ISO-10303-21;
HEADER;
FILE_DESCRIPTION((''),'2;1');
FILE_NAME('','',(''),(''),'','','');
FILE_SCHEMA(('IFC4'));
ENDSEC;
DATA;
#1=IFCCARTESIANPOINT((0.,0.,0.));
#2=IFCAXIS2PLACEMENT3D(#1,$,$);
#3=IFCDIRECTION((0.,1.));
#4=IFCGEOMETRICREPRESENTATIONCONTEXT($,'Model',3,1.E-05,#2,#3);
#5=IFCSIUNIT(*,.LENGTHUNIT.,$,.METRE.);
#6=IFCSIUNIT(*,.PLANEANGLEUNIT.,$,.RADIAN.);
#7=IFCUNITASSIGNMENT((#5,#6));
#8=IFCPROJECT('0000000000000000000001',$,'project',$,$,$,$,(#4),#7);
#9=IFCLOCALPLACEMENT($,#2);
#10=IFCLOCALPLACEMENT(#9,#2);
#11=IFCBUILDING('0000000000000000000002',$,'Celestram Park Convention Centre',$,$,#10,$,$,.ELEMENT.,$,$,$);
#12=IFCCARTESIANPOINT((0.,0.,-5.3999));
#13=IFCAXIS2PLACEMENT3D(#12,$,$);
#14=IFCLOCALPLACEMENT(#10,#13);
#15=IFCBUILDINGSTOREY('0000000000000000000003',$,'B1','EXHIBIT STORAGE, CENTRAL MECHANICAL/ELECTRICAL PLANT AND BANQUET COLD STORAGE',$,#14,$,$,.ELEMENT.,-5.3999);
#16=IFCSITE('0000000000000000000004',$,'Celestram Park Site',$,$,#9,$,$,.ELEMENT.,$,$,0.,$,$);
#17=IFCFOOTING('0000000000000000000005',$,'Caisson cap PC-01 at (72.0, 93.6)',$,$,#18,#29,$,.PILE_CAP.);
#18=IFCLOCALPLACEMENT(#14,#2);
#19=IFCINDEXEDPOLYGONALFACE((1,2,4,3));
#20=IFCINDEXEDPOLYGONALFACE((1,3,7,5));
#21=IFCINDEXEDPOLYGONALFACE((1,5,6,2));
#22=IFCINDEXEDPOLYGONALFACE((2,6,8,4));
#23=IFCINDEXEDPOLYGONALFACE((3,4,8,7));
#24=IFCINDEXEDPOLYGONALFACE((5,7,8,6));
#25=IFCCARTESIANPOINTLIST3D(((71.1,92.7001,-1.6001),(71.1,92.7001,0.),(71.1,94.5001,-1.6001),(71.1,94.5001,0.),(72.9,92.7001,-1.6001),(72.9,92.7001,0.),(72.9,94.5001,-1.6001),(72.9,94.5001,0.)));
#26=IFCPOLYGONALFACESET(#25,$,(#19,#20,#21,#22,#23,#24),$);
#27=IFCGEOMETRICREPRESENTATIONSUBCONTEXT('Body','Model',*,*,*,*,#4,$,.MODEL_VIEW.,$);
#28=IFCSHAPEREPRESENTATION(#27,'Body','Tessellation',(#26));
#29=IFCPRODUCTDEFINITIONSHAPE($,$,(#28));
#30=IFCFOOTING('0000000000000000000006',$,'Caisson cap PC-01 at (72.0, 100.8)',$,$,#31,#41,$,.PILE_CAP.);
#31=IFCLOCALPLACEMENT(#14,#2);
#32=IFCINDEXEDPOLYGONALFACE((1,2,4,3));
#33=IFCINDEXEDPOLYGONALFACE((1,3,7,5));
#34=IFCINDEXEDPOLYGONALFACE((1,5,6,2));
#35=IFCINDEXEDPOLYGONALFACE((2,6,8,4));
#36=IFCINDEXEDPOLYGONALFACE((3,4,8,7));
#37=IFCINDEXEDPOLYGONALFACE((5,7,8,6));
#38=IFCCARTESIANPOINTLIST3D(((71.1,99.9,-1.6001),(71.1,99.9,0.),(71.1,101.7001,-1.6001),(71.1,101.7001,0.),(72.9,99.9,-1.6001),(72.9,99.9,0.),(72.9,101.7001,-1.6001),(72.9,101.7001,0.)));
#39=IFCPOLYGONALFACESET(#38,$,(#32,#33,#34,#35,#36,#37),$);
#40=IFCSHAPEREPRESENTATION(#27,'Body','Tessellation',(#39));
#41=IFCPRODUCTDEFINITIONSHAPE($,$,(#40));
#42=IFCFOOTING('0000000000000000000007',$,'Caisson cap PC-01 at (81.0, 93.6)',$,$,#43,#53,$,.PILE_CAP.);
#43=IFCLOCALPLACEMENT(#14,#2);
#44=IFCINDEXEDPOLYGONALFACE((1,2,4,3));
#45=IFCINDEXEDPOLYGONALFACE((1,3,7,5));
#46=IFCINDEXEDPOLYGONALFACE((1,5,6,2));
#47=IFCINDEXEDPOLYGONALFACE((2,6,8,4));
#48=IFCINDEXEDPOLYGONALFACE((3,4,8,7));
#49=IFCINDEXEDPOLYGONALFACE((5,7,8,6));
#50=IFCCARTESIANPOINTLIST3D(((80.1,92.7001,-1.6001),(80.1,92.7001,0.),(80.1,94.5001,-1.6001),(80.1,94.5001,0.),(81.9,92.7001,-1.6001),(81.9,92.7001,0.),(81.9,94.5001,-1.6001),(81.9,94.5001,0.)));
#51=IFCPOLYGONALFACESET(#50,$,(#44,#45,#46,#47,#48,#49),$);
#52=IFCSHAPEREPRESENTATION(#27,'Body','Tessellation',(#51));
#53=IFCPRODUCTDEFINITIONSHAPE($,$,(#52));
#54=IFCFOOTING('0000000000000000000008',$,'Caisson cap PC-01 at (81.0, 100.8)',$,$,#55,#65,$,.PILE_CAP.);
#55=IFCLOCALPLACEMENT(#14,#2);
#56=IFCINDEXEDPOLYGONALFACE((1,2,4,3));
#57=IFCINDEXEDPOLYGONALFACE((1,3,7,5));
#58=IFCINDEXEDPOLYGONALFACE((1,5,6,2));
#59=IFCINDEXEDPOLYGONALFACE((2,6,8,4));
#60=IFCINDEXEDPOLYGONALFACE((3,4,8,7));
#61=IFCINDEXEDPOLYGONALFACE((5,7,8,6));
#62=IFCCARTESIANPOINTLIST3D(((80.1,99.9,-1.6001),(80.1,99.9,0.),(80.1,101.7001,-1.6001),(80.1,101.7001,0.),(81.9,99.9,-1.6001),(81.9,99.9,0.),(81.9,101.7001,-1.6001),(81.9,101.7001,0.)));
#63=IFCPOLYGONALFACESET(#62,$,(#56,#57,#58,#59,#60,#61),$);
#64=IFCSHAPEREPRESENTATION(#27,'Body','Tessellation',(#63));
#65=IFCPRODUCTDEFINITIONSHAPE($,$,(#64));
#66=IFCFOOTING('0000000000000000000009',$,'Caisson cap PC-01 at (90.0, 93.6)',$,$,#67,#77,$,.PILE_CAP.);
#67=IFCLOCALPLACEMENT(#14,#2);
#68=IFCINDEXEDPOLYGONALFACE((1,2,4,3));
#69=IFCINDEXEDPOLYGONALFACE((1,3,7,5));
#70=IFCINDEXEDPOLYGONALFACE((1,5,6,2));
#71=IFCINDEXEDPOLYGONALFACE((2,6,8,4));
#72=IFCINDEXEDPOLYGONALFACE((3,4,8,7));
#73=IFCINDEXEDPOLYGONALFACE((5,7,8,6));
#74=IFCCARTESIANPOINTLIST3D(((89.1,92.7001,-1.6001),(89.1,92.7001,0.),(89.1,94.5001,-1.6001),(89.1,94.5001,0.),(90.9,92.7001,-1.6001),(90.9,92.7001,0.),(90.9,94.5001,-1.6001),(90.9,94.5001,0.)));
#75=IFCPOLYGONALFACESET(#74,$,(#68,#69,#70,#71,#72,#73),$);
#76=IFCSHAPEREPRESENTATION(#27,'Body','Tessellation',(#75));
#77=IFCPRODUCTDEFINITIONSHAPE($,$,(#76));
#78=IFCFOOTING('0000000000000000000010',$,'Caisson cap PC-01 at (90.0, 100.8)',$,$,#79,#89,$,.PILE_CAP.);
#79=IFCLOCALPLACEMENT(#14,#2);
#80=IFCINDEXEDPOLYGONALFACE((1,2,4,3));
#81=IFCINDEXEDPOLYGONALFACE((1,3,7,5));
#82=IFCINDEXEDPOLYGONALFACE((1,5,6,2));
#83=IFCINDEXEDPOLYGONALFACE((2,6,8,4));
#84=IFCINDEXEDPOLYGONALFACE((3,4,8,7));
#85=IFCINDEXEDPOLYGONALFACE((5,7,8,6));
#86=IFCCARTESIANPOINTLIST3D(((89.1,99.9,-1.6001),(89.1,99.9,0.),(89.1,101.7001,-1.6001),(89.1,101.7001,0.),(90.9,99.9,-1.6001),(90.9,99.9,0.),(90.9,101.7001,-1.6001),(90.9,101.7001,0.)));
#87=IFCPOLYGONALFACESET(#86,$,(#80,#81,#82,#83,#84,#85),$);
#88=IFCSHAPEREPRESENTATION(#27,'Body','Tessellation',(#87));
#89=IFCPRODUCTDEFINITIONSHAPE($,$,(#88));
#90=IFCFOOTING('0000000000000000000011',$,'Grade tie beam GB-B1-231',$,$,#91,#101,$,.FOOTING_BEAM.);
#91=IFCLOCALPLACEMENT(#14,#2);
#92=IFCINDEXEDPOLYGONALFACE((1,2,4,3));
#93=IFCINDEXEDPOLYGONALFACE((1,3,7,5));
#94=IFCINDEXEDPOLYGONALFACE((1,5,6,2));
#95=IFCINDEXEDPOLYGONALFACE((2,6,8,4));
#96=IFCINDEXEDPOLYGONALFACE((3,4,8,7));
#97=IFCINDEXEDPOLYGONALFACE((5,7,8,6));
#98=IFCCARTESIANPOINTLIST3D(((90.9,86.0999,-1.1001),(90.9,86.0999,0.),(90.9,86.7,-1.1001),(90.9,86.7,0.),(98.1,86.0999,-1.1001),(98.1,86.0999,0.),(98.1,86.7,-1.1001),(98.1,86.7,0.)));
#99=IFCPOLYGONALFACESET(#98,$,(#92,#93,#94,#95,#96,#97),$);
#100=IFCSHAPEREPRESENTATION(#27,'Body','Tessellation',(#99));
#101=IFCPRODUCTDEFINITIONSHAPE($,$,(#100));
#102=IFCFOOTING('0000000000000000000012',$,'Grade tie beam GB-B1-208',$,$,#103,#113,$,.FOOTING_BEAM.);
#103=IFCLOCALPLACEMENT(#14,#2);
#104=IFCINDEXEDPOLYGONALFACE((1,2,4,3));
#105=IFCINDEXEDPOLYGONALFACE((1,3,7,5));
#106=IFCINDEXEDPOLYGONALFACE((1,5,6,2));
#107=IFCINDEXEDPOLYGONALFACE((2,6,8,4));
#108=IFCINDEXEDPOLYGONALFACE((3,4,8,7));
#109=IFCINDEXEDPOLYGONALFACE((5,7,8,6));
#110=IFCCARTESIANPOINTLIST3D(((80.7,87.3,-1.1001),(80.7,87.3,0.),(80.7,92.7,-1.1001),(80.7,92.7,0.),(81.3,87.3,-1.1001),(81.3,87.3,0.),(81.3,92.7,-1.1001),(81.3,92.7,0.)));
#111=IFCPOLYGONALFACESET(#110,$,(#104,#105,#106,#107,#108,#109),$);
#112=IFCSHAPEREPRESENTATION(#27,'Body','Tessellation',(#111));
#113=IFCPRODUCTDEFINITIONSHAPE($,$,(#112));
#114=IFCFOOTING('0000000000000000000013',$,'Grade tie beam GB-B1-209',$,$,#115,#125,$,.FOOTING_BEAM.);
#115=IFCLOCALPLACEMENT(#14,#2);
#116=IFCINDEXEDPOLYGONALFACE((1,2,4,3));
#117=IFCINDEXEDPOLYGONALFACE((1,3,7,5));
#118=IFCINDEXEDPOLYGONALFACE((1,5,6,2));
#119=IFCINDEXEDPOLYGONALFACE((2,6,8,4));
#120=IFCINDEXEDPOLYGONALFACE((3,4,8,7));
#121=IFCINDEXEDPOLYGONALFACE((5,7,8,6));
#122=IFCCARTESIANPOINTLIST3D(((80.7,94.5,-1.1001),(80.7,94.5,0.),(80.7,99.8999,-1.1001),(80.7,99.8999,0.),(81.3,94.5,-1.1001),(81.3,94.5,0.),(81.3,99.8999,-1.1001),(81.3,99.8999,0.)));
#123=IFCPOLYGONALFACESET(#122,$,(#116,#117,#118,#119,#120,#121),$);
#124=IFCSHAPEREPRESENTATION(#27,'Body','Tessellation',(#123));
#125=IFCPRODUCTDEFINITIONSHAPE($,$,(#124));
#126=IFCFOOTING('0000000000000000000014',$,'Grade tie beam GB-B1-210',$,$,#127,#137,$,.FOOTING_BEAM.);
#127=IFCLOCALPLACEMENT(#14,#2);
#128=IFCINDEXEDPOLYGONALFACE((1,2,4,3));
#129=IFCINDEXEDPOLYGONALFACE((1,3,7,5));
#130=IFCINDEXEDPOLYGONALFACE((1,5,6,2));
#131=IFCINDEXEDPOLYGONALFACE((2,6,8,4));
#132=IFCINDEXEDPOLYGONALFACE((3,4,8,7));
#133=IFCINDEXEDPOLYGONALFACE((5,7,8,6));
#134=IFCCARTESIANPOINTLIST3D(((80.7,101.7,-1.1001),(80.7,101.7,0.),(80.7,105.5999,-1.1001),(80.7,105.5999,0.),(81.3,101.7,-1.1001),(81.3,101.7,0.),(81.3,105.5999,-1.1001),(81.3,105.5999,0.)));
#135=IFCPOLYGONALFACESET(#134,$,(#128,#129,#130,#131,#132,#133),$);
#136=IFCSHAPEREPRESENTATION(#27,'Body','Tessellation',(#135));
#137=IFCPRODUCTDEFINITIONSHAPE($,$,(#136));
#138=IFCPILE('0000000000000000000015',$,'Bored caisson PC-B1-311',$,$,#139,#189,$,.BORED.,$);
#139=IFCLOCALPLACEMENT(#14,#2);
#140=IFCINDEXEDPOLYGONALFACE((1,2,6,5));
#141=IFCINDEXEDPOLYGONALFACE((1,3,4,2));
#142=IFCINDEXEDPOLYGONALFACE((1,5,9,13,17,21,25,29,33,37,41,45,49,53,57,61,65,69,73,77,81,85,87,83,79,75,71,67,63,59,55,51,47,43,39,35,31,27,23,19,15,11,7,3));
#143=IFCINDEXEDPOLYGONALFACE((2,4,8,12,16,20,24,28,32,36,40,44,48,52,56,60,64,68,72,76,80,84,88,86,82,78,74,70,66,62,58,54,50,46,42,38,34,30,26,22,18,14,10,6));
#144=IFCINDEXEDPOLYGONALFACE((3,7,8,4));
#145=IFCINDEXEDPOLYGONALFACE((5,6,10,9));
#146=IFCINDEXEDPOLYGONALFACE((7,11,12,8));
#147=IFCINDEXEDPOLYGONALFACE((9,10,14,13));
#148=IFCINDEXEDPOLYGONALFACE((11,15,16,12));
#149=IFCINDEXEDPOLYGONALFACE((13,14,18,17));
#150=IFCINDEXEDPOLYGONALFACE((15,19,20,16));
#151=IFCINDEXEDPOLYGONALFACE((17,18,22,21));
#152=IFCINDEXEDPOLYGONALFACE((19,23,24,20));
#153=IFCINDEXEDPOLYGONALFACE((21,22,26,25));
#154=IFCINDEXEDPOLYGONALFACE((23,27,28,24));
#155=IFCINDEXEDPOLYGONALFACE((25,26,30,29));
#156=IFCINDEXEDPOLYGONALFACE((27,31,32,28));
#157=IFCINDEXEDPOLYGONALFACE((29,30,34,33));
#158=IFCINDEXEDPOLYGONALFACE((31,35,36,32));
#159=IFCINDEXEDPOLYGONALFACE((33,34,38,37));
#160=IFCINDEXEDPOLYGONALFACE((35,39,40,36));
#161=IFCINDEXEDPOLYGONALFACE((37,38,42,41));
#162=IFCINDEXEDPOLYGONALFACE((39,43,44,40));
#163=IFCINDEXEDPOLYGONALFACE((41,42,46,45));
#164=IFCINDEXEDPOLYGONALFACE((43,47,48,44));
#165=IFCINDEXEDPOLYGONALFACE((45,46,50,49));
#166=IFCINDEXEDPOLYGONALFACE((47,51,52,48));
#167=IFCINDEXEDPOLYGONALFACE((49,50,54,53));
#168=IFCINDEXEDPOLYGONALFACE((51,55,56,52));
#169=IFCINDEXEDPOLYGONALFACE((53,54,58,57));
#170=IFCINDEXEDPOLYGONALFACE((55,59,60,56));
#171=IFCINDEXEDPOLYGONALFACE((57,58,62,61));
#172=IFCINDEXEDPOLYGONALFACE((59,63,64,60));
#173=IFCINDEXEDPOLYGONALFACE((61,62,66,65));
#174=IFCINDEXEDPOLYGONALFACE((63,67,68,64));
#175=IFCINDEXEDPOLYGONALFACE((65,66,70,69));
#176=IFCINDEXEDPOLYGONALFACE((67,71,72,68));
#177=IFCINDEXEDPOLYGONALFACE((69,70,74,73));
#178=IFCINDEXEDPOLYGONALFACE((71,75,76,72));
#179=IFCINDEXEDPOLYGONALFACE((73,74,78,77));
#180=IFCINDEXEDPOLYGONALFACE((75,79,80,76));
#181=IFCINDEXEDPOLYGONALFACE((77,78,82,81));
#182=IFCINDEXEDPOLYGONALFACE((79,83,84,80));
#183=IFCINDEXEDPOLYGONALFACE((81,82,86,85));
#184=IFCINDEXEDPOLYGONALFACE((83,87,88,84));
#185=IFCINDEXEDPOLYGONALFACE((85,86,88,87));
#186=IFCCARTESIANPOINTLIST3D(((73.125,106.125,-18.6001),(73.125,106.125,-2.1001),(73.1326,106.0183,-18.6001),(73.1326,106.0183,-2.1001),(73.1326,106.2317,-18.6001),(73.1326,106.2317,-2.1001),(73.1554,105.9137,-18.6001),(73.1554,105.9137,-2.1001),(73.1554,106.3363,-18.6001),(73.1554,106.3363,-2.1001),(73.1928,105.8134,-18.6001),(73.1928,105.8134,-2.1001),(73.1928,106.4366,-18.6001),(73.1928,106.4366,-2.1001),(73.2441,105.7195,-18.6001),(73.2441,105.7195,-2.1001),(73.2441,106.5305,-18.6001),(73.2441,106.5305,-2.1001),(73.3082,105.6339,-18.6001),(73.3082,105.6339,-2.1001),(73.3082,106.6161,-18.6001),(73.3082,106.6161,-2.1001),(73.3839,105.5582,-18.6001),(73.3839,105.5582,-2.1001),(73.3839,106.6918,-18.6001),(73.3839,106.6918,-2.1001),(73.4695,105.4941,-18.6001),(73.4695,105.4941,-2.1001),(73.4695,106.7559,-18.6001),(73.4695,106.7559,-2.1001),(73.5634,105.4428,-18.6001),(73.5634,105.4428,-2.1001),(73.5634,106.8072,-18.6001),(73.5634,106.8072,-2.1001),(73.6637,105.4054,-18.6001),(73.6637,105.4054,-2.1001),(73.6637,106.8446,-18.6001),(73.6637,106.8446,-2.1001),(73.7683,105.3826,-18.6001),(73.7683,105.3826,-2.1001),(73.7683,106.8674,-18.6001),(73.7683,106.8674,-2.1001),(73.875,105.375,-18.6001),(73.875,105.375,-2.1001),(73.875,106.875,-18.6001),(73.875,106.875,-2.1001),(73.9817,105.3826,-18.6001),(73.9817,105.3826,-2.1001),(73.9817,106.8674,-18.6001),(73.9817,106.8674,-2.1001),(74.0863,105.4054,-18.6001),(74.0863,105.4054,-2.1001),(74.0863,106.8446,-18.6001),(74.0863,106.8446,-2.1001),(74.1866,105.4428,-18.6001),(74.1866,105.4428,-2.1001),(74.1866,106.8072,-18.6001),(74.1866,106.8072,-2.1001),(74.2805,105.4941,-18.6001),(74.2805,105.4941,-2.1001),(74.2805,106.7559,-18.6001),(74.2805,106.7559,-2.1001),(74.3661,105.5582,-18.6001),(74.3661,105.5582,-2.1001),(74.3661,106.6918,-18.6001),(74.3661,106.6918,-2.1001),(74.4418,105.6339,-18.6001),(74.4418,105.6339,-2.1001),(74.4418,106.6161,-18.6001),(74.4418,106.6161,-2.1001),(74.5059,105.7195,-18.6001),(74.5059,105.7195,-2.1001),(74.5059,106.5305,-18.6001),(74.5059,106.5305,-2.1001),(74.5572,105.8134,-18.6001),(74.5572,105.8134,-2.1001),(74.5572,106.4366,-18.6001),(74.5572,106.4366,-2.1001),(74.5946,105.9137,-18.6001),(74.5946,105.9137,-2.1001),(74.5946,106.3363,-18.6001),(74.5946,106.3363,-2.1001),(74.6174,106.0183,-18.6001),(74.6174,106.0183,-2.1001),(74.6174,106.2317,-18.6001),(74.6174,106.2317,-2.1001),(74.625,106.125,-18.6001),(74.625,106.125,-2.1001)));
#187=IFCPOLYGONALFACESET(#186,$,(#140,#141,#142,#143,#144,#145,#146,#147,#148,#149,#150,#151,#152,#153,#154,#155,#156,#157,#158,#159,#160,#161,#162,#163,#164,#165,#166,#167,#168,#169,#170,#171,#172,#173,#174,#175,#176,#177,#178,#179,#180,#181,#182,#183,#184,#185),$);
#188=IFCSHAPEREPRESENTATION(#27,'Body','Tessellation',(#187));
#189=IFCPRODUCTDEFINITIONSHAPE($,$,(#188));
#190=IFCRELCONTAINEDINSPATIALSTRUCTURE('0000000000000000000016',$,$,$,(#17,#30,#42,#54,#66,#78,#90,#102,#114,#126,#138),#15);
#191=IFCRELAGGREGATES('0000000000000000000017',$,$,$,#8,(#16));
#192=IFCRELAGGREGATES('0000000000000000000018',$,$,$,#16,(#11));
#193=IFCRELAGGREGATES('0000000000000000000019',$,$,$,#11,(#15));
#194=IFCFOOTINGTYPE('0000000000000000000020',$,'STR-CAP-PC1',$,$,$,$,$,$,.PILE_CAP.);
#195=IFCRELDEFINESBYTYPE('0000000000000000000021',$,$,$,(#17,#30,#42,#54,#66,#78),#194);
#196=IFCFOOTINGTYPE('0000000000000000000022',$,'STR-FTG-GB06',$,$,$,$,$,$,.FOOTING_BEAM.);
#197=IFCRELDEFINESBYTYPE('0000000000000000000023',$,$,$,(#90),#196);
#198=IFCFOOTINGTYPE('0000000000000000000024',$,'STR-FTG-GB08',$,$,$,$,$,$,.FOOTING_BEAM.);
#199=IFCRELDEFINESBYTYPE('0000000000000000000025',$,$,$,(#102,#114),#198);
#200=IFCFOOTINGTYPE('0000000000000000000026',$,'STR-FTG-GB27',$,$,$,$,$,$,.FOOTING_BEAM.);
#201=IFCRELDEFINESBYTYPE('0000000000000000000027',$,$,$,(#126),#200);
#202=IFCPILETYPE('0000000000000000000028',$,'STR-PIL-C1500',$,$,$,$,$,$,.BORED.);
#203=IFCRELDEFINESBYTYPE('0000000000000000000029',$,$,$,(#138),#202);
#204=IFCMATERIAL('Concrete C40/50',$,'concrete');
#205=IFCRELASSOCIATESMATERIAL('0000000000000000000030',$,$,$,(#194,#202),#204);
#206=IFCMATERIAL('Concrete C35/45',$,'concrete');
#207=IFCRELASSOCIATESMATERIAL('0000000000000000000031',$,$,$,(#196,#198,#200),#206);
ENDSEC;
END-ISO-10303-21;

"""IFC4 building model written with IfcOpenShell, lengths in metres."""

from ifc_helpers import new_model, si_unit, direction, frame, origin, origin_2d, place, context, subcontext, project, spatial, rectangle, circle, extrude, material, material_profile, profile_set, type_object, element, save


model = new_model("IFC4")

# Units and contexts
model_context = context("Model", 3, precision=1e-05, world=origin(), true_north=direction((0.0, 1.0)))
body_context = subcontext(model_context, "Body", "Model", "MODEL_VIEW")
ifc_project = project(units=[si_unit("LENGTHUNIT", "METRE"), si_unit("PLANEANGLEUNIT", "RADIAN")], contexts=[model_context])

# Site, building, storey
site_placement = place(None, origin())
site = spatial("IfcSite", under=ifc_project, at=site_placement, Name="Celestram Park Site", CompositionType="ELEMENT", RefElevation=0.0)
building_placement = place(site_placement, origin())
building = spatial("IfcBuilding", under=site, at=building_placement, Name="Celestram Park Convention Centre", CompositionType="ELEMENT")
storey_placement = place(building_placement, frame((0.0, 0.0, -5.3999)))
storey = spatial("IfcBuildingStorey", under=building, at=storey_placement, Name="B1", Description="EXHIBIT STORAGE, CENTRAL MECHANICAL/ELECTRICAL PLANT AND BANQUET COLD STORAGE", CompositionType="ELEMENT", Elevation=-5.3999)

# Footings
ifc_material_1 = material(Name="Concrete C40/50", Category="concrete")
footing_type_1 = type_object("IfcFootingType", Name="STR-CAP-PC1", PredefinedType="PILE_CAP", material=ifc_material_1)
for number, where, z_axis, x_axis, name in (
    (1, (72.0, 93.6001, -1.6001), (0.0, 0.0, 1.0), (1.0, 0.0, 0.0), "Caisson cap PC-01 at (72.0, 93.6)"),
    (2, (72.0, 100.8, -1.6001), (0.0, 0.0, 1.0), (1.0, 0.0, 0.0), "Caisson cap PC-01 at (72.0, 100.8)"),
    (3, (81.0, 93.6001, -1.6001), (0.0, 0.0, 1.0), (1.0, 0.0, 0.0), "Caisson cap PC-01 at (81.0, 93.6)"),
    (4, (81.0, 100.8, -1.6001), (0.0, 0.0, 1.0), (1.0, 0.0, 0.0), "Caisson cap PC-01 at (81.0, 100.8)"),
    (5, (90.0, 93.6001, -1.6001), (0.0, 0.0, 1.0), (1.0, 0.0, 0.0), "Caisson cap PC-01 at (90.0, 93.6)"),
    (6, (90.0, 100.8, -1.6001), (0.0, 0.0, 1.0), (1.0, 0.0, 0.0), "Caisson cap PC-01 at (90.0, 100.8)"),
):
    element("IfcFooting", number, at=place(storey_placement, frame(where, z_axis=z_axis, x_axis=x_axis)), inside=storey, type_object=footing_type_1, Name=name, PredefinedType="PILE_CAP", context=body_context, shape_type="SweptSolid", body=[
        extrude(rectangle(XDim=1.8, YDim=1.8, at=origin_2d()), origin(), (0.0, 0.0, 1.0), 1.6001),
    ])
ifc_material_2 = material(Name="Concrete C35/45", Category="concrete")
footing_type_2 = type_object("IfcFootingType", Name="STR-FTG-GB06", PredefinedType="FOOTING_BEAM", material=ifc_material_2)
footing_1_placement = place(storey_placement, frame((94.5, 86.3999, -1.1001), z_axis=(0.0, 0.0, 1.0), x_axis=(1.0, 0.0, 0.0)))
element("IfcFooting", 7, at=footing_1_placement, inside=storey, type_object=footing_type_2, Name="Grade tie beam GB-B1-231", PredefinedType="FOOTING_BEAM", context=body_context, shape_type="SweptSolid", body=[
    extrude(rectangle(XDim=7.2, YDim=0.6001, at=origin_2d()), origin(), (0.0, 0.0, 1.0), 1.1001),
])
footing_type_3 = type_object("IfcFootingType", Name="STR-FTG-GB08", PredefinedType="FOOTING_BEAM", material=ifc_material_2)
for number, where, z_axis, x_axis, name in (
    (8, (81.0, 90.0, -1.1001), (0.0, 0.0, 1.0), (0.0, 1.0, 0.0), "Grade tie beam GB-B1-208"),
    (9, (81.0, 97.2, -1.1001), (0.0, 0.0, 1.0), (0.0, 1.0, 0.0), "Grade tie beam GB-B1-209"),
):
    element("IfcFooting", number, at=place(storey_placement, frame(where, z_axis=z_axis, x_axis=x_axis)), inside=storey, type_object=footing_type_3, Name=name, PredefinedType="FOOTING_BEAM", context=body_context, shape_type="SweptSolid", body=[
        extrude(rectangle(XDim=5.3999, YDim=0.6001, at=origin_2d()), origin(), (0.0, 0.0, 1.0), 1.1001),
    ])
footing_type_4 = type_object("IfcFootingType", Name="STR-FTG-GB27", PredefinedType="FOOTING_BEAM", material=ifc_material_2)
footing_2_placement = place(storey_placement, frame((81.0, 103.6499, -1.1001), z_axis=(0.0, 0.0, 1.0), x_axis=(0.0, 1.0, 0.0)))
element("IfcFooting", 10, at=footing_2_placement, inside=storey, type_object=footing_type_4, Name="Grade tie beam GB-B1-210", PredefinedType="FOOTING_BEAM", context=body_context, shape_type="SweptSolid", body=[
    extrude(rectangle(XDim=3.8999, YDim=0.6001, at=origin_2d()), origin(), (0.0, 0.0, 1.0), 1.1001),
])

# Pile
ifc_material_profile_1 = material_profile(ifc_material_1, circle(Radius=0.75, at=origin_2d()), Name="CAISSON1500")
ifc_profile_set_1 = profile_set([ifc_material_profile_1], Name="Concrete C40/50")
pile_type_1 = type_object("IfcPileType", Name="STR-PIL-C1500", PredefinedType="BORED", material=ifc_profile_set_1)
pile_placement = place(storey_placement, frame((73.875, 106.125, -2.1001), z_axis=(0.0, 0.0, -1.0), x_axis=(1.0, 0.0, 0.0)))
element("IfcPile", 11, at=pile_placement, inside=storey, type_object=pile_type_1, Name="Bored caisson PC-B1-311", PredefinedType="BORED", context=body_context, shape_type="SweptSolid", body=[
    extrude(circle(Radius=0.75, at=origin_2d()), origin(), (0.0, 0.0, 1.0), 16.5),
])

save(model, "model.ifc")
